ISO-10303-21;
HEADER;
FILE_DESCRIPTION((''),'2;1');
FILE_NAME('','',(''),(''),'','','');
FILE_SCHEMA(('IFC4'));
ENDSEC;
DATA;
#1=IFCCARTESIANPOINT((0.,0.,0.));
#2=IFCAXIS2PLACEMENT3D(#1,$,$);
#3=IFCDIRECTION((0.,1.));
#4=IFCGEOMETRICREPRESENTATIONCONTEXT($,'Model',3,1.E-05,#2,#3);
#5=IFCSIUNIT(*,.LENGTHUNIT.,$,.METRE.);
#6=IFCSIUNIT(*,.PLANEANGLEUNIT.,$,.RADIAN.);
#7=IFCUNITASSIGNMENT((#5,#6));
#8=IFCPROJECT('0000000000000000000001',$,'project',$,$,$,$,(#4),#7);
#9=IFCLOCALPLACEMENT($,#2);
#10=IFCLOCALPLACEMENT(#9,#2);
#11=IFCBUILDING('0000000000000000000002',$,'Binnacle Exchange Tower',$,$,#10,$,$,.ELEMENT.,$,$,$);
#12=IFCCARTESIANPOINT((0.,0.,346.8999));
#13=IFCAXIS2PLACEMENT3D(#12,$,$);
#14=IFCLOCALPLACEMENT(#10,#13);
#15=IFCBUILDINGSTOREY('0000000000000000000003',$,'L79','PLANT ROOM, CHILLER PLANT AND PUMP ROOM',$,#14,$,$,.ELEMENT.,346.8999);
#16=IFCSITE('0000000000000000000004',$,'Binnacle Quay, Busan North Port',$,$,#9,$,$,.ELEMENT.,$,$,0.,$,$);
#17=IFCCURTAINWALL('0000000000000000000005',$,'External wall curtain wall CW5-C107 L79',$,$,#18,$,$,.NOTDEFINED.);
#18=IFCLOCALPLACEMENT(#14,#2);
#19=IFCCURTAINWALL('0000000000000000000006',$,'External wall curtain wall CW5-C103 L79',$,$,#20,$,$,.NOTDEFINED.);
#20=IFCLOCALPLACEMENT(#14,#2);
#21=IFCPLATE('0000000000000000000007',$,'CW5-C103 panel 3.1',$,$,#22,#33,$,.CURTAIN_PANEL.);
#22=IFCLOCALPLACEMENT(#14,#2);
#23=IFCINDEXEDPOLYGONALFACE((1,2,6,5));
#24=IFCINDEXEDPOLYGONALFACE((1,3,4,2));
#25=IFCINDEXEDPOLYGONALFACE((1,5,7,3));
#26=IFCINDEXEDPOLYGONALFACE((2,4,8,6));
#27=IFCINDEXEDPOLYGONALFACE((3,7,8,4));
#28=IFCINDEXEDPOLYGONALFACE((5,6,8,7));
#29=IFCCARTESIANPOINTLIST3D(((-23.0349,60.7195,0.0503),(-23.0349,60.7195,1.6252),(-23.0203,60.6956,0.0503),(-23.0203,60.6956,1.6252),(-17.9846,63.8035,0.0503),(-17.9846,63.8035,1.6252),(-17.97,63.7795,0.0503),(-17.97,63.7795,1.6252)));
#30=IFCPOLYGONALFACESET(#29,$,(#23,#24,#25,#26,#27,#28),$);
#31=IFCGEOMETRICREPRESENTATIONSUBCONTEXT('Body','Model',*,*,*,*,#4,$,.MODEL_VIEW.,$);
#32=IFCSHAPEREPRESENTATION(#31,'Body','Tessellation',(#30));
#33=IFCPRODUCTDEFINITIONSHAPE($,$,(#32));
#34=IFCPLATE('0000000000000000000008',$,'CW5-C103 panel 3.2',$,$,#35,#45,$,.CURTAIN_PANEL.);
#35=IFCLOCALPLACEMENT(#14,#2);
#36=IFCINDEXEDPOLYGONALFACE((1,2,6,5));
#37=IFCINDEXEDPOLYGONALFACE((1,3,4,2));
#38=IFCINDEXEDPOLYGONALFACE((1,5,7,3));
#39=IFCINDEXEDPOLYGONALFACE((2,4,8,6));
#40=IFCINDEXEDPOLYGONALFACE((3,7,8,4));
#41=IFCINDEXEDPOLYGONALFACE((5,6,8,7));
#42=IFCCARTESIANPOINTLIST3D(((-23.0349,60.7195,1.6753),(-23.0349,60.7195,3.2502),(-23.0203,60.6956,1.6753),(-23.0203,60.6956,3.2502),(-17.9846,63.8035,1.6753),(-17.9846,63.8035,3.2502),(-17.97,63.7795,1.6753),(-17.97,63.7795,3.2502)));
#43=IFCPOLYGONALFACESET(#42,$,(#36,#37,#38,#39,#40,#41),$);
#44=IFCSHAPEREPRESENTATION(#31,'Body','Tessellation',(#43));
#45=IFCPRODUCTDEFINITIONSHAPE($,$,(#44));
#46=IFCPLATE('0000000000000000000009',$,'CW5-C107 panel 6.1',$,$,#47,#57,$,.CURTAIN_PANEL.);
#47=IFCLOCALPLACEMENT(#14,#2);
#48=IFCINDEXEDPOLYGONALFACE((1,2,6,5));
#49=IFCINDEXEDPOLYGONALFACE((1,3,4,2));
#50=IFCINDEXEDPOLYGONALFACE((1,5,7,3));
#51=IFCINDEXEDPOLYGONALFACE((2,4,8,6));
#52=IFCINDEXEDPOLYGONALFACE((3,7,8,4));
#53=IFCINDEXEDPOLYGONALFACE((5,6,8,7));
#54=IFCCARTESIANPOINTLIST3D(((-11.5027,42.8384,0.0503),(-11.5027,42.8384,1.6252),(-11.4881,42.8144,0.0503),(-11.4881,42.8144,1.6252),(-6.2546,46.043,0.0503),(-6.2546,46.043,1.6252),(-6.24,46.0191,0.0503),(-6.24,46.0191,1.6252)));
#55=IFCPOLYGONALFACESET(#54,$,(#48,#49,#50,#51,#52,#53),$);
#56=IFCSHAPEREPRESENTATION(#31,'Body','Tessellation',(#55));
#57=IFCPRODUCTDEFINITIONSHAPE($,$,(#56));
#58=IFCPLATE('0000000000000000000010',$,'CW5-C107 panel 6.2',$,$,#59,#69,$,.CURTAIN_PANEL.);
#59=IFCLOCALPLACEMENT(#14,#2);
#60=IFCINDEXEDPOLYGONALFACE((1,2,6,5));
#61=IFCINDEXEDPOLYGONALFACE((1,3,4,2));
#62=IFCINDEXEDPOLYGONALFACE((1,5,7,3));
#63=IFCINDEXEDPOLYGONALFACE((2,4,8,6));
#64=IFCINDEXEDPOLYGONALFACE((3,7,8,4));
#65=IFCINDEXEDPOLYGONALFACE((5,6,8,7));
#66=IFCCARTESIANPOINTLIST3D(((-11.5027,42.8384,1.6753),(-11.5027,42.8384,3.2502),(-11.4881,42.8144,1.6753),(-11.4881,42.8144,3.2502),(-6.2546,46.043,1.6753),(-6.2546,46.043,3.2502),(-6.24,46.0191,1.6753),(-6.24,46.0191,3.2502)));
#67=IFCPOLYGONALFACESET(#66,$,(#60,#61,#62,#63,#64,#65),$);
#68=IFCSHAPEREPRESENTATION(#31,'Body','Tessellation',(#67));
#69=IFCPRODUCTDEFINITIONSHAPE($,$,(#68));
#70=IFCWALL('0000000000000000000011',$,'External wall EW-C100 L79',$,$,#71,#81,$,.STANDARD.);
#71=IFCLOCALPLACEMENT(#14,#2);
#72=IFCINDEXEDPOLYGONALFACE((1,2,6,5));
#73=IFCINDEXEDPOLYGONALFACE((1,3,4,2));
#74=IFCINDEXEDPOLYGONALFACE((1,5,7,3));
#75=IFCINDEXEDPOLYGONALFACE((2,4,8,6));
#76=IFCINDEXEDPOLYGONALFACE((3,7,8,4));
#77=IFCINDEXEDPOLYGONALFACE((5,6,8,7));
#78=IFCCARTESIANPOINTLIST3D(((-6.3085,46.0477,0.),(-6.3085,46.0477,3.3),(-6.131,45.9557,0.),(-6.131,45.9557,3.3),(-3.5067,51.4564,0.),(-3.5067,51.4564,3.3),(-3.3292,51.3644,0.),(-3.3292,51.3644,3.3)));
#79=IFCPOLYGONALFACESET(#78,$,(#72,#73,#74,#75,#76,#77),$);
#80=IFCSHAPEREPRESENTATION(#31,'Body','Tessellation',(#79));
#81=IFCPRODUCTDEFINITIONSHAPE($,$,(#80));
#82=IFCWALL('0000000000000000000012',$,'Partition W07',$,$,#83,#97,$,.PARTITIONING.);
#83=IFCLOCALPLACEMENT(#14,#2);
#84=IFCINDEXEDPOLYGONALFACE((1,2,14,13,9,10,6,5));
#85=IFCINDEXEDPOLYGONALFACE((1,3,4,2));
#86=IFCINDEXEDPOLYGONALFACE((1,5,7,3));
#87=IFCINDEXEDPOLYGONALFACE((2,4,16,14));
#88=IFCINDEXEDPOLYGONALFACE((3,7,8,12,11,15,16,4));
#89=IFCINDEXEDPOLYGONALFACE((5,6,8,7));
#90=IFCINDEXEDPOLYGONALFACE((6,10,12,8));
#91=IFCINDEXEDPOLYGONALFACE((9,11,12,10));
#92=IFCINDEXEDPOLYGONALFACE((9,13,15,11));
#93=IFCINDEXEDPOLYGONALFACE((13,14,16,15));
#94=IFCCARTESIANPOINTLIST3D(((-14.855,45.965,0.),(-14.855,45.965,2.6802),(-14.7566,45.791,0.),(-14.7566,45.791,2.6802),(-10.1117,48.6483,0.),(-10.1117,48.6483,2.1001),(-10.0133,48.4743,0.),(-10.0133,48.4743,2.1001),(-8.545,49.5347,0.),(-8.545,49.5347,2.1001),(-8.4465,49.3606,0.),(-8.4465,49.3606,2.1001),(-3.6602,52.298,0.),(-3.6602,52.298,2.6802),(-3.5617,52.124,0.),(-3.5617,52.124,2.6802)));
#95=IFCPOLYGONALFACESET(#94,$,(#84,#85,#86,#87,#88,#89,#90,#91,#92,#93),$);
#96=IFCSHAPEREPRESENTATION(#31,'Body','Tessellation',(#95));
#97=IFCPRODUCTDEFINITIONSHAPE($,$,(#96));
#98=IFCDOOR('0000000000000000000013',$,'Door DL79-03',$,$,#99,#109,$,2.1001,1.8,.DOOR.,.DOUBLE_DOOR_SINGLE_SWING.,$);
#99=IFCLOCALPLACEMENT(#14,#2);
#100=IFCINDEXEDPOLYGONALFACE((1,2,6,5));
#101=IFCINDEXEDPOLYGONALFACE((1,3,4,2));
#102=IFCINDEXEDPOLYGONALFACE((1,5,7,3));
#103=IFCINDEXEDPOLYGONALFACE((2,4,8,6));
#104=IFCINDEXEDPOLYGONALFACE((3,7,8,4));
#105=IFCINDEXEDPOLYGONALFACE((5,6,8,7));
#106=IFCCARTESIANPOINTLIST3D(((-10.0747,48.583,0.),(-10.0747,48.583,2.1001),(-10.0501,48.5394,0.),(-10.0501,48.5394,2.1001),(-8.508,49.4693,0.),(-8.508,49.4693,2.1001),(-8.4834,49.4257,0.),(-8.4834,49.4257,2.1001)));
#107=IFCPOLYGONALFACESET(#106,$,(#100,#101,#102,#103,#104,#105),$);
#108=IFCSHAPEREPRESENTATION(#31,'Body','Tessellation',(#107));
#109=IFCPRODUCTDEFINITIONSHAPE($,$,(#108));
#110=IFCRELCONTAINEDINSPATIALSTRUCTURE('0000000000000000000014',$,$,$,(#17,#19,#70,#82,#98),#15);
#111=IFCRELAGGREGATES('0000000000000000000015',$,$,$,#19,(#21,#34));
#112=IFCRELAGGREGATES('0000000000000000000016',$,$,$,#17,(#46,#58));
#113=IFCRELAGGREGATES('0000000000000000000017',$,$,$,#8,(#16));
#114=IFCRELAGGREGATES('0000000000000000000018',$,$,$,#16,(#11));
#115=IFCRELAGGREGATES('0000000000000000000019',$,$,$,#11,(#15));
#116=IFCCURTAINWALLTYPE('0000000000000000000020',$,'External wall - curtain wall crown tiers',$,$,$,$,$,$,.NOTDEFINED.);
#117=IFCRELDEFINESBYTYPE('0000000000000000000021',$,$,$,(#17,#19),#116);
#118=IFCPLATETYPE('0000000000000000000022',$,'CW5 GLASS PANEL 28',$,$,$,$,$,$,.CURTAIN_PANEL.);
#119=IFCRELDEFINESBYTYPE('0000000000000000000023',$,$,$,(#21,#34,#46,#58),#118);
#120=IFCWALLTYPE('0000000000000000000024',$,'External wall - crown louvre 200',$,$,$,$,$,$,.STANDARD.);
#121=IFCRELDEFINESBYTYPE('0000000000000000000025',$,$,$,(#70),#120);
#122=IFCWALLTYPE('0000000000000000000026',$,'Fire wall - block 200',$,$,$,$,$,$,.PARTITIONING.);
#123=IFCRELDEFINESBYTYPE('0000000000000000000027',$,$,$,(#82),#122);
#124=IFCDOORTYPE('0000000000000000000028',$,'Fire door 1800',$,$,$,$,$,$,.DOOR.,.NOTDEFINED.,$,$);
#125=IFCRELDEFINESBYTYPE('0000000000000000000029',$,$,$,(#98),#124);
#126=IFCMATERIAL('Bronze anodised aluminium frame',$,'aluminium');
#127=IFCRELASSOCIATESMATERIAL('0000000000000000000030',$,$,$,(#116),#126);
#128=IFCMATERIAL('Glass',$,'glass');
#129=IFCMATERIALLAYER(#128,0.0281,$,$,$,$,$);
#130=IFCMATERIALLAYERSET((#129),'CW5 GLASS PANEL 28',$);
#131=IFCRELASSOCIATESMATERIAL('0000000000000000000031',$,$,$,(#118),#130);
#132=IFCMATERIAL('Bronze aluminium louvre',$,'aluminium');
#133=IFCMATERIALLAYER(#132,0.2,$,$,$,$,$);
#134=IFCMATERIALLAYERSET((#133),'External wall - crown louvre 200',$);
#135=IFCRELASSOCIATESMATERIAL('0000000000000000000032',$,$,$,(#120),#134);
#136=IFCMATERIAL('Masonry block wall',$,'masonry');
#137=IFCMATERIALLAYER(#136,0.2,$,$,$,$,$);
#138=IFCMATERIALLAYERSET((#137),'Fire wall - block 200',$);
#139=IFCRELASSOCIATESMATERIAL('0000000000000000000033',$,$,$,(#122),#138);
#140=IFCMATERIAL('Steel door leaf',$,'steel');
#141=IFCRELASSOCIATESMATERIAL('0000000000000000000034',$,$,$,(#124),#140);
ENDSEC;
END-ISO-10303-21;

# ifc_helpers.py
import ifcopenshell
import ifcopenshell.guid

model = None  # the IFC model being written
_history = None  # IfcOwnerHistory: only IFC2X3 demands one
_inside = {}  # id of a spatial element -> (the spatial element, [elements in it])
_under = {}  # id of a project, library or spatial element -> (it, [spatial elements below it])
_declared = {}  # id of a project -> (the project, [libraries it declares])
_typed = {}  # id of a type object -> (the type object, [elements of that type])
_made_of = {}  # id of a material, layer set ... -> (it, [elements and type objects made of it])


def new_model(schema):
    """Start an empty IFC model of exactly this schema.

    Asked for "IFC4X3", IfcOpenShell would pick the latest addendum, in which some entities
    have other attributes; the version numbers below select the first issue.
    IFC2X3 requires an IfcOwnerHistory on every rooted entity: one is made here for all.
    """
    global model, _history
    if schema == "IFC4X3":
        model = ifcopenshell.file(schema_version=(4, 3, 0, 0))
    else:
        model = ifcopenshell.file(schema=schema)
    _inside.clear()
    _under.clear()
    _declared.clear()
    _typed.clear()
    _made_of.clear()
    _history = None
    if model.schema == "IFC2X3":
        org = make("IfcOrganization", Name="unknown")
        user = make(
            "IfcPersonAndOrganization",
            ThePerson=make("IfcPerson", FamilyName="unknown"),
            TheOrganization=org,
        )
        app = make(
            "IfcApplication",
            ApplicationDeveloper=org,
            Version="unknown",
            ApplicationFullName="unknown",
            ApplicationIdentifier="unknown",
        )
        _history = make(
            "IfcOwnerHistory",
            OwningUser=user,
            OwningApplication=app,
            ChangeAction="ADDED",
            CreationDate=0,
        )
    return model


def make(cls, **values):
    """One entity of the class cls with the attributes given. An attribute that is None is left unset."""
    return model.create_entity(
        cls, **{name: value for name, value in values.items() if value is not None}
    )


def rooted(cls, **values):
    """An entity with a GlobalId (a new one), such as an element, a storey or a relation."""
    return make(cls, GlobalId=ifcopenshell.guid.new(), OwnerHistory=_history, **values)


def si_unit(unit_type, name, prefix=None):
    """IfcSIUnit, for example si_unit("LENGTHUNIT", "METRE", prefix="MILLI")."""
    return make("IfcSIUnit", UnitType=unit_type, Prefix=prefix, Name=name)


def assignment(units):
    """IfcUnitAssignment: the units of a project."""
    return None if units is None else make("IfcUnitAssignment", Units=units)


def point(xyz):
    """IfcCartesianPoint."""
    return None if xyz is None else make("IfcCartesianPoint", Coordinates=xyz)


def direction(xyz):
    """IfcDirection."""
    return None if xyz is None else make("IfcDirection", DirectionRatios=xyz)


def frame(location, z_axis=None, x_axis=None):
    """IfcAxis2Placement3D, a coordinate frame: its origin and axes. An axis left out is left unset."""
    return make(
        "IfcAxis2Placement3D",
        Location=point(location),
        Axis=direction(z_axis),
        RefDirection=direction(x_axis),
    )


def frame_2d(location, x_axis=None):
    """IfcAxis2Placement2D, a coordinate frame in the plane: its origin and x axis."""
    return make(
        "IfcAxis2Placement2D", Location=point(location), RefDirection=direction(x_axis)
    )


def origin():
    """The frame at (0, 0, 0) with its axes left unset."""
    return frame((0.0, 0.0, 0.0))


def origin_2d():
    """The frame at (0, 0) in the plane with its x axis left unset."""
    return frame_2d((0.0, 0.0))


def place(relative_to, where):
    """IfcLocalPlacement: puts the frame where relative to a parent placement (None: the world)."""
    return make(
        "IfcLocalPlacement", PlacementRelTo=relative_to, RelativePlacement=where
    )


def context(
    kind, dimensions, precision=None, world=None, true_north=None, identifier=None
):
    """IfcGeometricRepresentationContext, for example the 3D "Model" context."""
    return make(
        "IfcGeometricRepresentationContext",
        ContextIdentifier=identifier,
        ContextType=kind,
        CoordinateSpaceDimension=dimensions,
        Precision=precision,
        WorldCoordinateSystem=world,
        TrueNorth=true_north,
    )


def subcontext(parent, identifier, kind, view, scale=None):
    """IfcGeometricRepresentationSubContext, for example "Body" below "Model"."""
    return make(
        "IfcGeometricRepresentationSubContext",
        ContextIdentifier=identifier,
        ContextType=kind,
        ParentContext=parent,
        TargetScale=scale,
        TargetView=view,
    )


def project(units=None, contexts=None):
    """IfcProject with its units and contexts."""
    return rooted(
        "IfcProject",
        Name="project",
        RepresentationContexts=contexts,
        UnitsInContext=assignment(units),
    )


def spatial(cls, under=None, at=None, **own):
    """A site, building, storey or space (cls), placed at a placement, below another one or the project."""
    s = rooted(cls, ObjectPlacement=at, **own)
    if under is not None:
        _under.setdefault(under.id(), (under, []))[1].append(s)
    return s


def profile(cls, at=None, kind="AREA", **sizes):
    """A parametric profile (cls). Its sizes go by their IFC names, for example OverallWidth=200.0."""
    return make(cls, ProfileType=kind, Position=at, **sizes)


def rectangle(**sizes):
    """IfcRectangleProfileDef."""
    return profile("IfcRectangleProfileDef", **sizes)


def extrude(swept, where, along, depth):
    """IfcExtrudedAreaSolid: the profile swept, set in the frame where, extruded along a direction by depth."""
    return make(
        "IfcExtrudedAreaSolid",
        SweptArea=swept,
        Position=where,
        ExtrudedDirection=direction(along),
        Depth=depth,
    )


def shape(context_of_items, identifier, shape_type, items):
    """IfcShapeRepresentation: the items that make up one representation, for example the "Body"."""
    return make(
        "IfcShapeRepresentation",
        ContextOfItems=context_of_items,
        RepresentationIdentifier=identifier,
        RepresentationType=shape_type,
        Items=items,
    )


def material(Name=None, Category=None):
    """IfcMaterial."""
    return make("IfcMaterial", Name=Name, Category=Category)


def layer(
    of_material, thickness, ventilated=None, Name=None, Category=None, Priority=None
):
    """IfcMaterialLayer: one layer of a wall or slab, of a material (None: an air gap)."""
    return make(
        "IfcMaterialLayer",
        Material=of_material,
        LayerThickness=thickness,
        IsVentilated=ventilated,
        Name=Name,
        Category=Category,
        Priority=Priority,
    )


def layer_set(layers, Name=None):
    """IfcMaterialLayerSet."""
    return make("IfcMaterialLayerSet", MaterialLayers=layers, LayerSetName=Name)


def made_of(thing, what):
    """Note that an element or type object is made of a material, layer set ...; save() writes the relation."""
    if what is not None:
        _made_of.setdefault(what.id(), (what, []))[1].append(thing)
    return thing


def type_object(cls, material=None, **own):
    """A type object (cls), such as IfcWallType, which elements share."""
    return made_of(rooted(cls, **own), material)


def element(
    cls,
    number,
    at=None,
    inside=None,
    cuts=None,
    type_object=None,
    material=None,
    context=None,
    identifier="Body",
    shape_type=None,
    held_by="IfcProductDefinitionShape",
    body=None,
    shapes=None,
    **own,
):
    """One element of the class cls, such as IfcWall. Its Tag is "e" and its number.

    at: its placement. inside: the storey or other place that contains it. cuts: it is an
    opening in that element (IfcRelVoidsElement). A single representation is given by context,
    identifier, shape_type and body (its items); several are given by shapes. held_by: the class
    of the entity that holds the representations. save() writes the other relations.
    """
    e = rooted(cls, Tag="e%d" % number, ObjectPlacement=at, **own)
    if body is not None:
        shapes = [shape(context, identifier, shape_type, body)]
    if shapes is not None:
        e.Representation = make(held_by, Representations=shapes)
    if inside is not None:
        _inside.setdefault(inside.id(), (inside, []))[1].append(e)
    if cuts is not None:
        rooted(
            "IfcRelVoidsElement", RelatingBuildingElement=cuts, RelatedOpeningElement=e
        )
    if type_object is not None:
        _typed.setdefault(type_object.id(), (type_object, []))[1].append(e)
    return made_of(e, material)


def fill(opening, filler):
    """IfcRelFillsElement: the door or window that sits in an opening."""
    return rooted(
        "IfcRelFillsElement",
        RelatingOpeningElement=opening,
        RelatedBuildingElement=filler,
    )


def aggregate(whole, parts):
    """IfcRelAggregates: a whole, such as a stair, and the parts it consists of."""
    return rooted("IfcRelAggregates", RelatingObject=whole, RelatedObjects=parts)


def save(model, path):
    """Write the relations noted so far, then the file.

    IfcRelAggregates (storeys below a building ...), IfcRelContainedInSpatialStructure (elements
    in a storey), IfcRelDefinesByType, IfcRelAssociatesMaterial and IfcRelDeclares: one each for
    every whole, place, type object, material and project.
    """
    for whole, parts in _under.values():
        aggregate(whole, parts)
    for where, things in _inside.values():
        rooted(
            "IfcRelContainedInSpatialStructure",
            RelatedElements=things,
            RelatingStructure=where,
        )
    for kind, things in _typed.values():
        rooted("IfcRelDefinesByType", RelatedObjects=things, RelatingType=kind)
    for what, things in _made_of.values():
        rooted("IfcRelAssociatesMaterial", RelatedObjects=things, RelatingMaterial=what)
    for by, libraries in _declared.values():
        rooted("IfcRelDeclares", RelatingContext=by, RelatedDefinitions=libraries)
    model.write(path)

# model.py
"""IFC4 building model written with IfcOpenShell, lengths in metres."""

from ifc_helpers import new_model, si_unit, direction, frame, frame_2d, origin, origin_2d, place, context, subcontext, project, spatial, rectangle, extrude, material, layer, layer_set, type_object, element, fill, aggregate, save


model = new_model("IFC4")

# Units and contexts
model_context = context("Model", 3, precision=1e-05, world=origin(), true_north=direction((0.0, 1.0)))
body_context = subcontext(model_context, "Body", "Model", "MODEL_VIEW")
ifc_project = project(units=[si_unit("LENGTHUNIT", "METRE"), si_unit("PLANEANGLEUNIT", "RADIAN")], contexts=[model_context])

# Site, building, storey
site_placement = place(None, origin())
site = spatial("IfcSite", under=ifc_project, at=site_placement, Name="Binnacle Quay, Busan North Port", CompositionType="ELEMENT", RefElevation=0.0)
building_placement = place(site_placement, origin())
building = spatial("IfcBuilding", under=site, at=building_placement, Name="Binnacle Exchange Tower", CompositionType="ELEMENT")
storey_placement = place(building_placement, frame((0.0, 0.0, 346.8999)))
storey = spatial("IfcBuildingStorey", under=building, at=storey_placement, Name="L79", Description="PLANT ROOM, CHILLER PLANT AND PUMP ROOM", CompositionType="ELEMENT", Elevation=346.8999)

# Curtain wall
ifc_material_1 = material(Name="Bronze anodised aluminium frame", Category="aluminium")
curtain_wall_type = type_object("IfcCurtainWallType", Name="External wall - curtain wall crown tiers", PredefinedType="NOTDEFINED", material=ifc_material_1)
curtain_wall_1_placement = place(storey_placement, origin())
curtain_wall_1 = element("IfcCurtainWall", 1, at=curtain_wall_1_placement, inside=storey, type_object=curtain_wall_type, Name="External wall curtain wall CW5-C107 L79", PredefinedType="NOTDEFINED")

# Curtain wall, plates
curtain_wall_2_placement = place(storey_placement, origin())
curtain_wall_2 = element("IfcCurtainWall", 2, at=curtain_wall_2_placement, inside=storey, type_object=curtain_wall_type, Name="External wall curtain wall CW5-C103 L79", PredefinedType="NOTDEFINED")
ifc_material_2 = material(Name="Glass", Category="glass")
ifc_layer_1 = layer(ifc_material_2, 0.0281)
ifc_layer_set_1 = layer_set([ifc_layer_1], Name="CW5 GLASS PANEL 28")
plate_type = type_object("IfcPlateType", Name="CW5 GLASS PANEL 28", PredefinedType="CURTAIN_PANEL", material=ifc_layer_set_1)
plate_1_placement = place(storey_placement, frame((-20.5024, 62.2495, 0.0503), z_axis=(0.0, 0.0, 1.0), x_axis=(-0.853461, -0.521157, 0.0)))
plate_1 = element("IfcPlate", 3, at=plate_1_placement, type_object=plate_type, Name="CW5-C103 panel 3.1", PredefinedType="CURTAIN_PANEL", context=body_context, shape_type="SweptSolid", body=[
    extrude(rectangle(XDim=5.9175, YDim=0.0281, at=origin_2d()), origin(), (0.0, 0.0, 1.0), 1.575),
])
plate_2_placement = place(storey_placement, frame((-20.5024, 62.2495, 1.6753), z_axis=(0.0, 0.0, 1.0), x_axis=(-0.853461, -0.521157, 0.0)))
plate_2 = element("IfcPlate", 4, at=plate_2_placement, type_object=plate_type, Name="CW5-C103 panel 3.2", PredefinedType="CURTAIN_PANEL", context=body_context, shape_type="SweptSolid", body=[
    extrude(rectangle(XDim=5.9175, YDim=0.0281, at=origin_2d()), origin(), (0.0, 0.0, 1.0), 1.575),
])
aggregate(curtain_wall_2, [plate_1, plate_2])

# Plates
plate_3_placement = place(storey_placement, frame((-8.8713, 44.4287, 0.0503), z_axis=(0.0, 0.0, 1.0), x_axis=(0.853461, 0.521157, 0.0)))
plate_3 = element("IfcPlate", 5, at=plate_3_placement, type_object=plate_type, Name="CW5-C107 panel 6.1", PredefinedType="CURTAIN_PANEL", context=body_context, shape_type="SweptSolid", body=[
    extrude(rectangle(XDim=6.1492, YDim=0.0281, at=origin_2d()), origin(), (0.0, 0.0, 1.0), 1.575),
])
plate_4_placement = place(storey_placement, frame((-8.8713, 44.4287, 1.6753), z_axis=(0.0, 0.0, 1.0), x_axis=(0.853461, 0.521157, 0.0)))
plate_4 = element("IfcPlate", 6, at=plate_4_placement, type_object=plate_type, Name="CW5-C107 panel 6.2", PredefinedType="CURTAIN_PANEL", context=body_context, shape_type="SweptSolid", body=[
    extrude(rectangle(XDim=6.1492, YDim=0.0281, at=origin_2d()), origin(), (0.0, 0.0, 1.0), 1.575),
])
aggregate(curtain_wall_1, [plate_3, plate_4])

# Wall
ifc_material_3 = material(Name="Bronze aluminium louvre", Category="aluminium")
ifc_layer_2 = layer(ifc_material_3, 0.2)
ifc_layer_set_2 = layer_set([ifc_layer_2], Name="External wall - crown louvre 200")
wall_type_1 = type_object("IfcWallType", Name="External wall - crown louvre 200", PredefinedType="STANDARD", material=ifc_layer_set_2)
wall_1_placement = place(storey_placement, frame((-3.418, 51.4104, 0.0), z_axis=(0.0, 0.0, 1.0), x_axis=(-0.459961, -0.887939, 0.0)))
element("IfcWall", 7, at=wall_1_placement, inside=storey, type_object=wall_type_1, Name="External wall EW-C100 L79", PredefinedType="STANDARD", context=body_context, shape_type="SweptSolid", body=[
    extrude(rectangle(XDim=6.0913, YDim=0.2, at=frame_2d((3.0457, 0.0))), origin(), (0.0, 0.0, 1.0), 3.3),
])

# Wall, opening, door
ifc_material_4 = material(Name="Masonry block wall", Category="masonry")
ifc_layer_3 = layer(ifc_material_4, 0.2)
ifc_layer_set_3 = layer_set([ifc_layer_3], Name="Fire wall - block 200")
wall_type_2 = type_object("IfcWallType", Name="Fire wall - block 200", PredefinedType="PARTITIONING", material=ifc_layer_set_3)
wall_2_placement = place(storey_placement, frame((-14.8059, 45.8779, 0.0), z_axis=(0.0, 0.0, 1.0), x_axis=(0.87038, 0.492381, 0.0)))
wall_2 = element("IfcWall", 8, at=wall_2_placement, inside=storey, type_object=wall_type_2, Name="Partition W07", PredefinedType="PARTITIONING", context=body_context, shape_type="SweptSolid", body=[
    extrude(rectangle(XDim=12.8621, YDim=0.2, at=frame_2d((6.4312, 0.0))), origin(), (0.0, 0.0, 1.0), 2.6802),
])
opening_placement = place(wall_2_placement, frame((5.45, 0.0, 0.0)))
opening = element("IfcOpeningElement", 9, at=opening_placement, cuts=wall_2, PredefinedType="OPENING", context=body_context, shape_type="SweptSolid", body=[
    extrude(rectangle(XDim=1.8, YDim=2.1001, at=frame_2d((0.8999, 1.05))), frame((0.0, 0.1099, 0.0), z_axis=(0.0, -1.0, 0.0), x_axis=(1.0, 0.0, 0.0)), (0.0, 0.0, 1.0), 0.22),
])
ifc_material_5 = material(Name="Steel door leaf", Category="steel")
door_type = type_object("IfcDoorType", Name="Fire door 1800", OperationType="NOTDEFINED", PredefinedType="DOOR", material=ifc_material_5)
door_placement = place(opening_placement, origin())
door = element("IfcDoor", 10, at=door_placement, inside=storey, type_object=door_type, Name="Door DL79-03", OperationType="DOUBLE_DOOR_SINGLE_SWING", OverallHeight=2.1001, OverallWidth=1.8, PredefinedType="DOOR", context=body_context, shape_type="SweptSolid", body=[
    extrude(rectangle(XDim=1.8, YDim=2.1001, at=frame_2d((0.8999, 1.05))), frame((0.0, 0.0249, 0.0), z_axis=(0.0, -1.0, 0.0), x_axis=(1.0, 0.0, 0.0)), (0.0, 0.0, 1.0), 0.05),
])
fill(opening, door)

save(model, "model.ifc")
